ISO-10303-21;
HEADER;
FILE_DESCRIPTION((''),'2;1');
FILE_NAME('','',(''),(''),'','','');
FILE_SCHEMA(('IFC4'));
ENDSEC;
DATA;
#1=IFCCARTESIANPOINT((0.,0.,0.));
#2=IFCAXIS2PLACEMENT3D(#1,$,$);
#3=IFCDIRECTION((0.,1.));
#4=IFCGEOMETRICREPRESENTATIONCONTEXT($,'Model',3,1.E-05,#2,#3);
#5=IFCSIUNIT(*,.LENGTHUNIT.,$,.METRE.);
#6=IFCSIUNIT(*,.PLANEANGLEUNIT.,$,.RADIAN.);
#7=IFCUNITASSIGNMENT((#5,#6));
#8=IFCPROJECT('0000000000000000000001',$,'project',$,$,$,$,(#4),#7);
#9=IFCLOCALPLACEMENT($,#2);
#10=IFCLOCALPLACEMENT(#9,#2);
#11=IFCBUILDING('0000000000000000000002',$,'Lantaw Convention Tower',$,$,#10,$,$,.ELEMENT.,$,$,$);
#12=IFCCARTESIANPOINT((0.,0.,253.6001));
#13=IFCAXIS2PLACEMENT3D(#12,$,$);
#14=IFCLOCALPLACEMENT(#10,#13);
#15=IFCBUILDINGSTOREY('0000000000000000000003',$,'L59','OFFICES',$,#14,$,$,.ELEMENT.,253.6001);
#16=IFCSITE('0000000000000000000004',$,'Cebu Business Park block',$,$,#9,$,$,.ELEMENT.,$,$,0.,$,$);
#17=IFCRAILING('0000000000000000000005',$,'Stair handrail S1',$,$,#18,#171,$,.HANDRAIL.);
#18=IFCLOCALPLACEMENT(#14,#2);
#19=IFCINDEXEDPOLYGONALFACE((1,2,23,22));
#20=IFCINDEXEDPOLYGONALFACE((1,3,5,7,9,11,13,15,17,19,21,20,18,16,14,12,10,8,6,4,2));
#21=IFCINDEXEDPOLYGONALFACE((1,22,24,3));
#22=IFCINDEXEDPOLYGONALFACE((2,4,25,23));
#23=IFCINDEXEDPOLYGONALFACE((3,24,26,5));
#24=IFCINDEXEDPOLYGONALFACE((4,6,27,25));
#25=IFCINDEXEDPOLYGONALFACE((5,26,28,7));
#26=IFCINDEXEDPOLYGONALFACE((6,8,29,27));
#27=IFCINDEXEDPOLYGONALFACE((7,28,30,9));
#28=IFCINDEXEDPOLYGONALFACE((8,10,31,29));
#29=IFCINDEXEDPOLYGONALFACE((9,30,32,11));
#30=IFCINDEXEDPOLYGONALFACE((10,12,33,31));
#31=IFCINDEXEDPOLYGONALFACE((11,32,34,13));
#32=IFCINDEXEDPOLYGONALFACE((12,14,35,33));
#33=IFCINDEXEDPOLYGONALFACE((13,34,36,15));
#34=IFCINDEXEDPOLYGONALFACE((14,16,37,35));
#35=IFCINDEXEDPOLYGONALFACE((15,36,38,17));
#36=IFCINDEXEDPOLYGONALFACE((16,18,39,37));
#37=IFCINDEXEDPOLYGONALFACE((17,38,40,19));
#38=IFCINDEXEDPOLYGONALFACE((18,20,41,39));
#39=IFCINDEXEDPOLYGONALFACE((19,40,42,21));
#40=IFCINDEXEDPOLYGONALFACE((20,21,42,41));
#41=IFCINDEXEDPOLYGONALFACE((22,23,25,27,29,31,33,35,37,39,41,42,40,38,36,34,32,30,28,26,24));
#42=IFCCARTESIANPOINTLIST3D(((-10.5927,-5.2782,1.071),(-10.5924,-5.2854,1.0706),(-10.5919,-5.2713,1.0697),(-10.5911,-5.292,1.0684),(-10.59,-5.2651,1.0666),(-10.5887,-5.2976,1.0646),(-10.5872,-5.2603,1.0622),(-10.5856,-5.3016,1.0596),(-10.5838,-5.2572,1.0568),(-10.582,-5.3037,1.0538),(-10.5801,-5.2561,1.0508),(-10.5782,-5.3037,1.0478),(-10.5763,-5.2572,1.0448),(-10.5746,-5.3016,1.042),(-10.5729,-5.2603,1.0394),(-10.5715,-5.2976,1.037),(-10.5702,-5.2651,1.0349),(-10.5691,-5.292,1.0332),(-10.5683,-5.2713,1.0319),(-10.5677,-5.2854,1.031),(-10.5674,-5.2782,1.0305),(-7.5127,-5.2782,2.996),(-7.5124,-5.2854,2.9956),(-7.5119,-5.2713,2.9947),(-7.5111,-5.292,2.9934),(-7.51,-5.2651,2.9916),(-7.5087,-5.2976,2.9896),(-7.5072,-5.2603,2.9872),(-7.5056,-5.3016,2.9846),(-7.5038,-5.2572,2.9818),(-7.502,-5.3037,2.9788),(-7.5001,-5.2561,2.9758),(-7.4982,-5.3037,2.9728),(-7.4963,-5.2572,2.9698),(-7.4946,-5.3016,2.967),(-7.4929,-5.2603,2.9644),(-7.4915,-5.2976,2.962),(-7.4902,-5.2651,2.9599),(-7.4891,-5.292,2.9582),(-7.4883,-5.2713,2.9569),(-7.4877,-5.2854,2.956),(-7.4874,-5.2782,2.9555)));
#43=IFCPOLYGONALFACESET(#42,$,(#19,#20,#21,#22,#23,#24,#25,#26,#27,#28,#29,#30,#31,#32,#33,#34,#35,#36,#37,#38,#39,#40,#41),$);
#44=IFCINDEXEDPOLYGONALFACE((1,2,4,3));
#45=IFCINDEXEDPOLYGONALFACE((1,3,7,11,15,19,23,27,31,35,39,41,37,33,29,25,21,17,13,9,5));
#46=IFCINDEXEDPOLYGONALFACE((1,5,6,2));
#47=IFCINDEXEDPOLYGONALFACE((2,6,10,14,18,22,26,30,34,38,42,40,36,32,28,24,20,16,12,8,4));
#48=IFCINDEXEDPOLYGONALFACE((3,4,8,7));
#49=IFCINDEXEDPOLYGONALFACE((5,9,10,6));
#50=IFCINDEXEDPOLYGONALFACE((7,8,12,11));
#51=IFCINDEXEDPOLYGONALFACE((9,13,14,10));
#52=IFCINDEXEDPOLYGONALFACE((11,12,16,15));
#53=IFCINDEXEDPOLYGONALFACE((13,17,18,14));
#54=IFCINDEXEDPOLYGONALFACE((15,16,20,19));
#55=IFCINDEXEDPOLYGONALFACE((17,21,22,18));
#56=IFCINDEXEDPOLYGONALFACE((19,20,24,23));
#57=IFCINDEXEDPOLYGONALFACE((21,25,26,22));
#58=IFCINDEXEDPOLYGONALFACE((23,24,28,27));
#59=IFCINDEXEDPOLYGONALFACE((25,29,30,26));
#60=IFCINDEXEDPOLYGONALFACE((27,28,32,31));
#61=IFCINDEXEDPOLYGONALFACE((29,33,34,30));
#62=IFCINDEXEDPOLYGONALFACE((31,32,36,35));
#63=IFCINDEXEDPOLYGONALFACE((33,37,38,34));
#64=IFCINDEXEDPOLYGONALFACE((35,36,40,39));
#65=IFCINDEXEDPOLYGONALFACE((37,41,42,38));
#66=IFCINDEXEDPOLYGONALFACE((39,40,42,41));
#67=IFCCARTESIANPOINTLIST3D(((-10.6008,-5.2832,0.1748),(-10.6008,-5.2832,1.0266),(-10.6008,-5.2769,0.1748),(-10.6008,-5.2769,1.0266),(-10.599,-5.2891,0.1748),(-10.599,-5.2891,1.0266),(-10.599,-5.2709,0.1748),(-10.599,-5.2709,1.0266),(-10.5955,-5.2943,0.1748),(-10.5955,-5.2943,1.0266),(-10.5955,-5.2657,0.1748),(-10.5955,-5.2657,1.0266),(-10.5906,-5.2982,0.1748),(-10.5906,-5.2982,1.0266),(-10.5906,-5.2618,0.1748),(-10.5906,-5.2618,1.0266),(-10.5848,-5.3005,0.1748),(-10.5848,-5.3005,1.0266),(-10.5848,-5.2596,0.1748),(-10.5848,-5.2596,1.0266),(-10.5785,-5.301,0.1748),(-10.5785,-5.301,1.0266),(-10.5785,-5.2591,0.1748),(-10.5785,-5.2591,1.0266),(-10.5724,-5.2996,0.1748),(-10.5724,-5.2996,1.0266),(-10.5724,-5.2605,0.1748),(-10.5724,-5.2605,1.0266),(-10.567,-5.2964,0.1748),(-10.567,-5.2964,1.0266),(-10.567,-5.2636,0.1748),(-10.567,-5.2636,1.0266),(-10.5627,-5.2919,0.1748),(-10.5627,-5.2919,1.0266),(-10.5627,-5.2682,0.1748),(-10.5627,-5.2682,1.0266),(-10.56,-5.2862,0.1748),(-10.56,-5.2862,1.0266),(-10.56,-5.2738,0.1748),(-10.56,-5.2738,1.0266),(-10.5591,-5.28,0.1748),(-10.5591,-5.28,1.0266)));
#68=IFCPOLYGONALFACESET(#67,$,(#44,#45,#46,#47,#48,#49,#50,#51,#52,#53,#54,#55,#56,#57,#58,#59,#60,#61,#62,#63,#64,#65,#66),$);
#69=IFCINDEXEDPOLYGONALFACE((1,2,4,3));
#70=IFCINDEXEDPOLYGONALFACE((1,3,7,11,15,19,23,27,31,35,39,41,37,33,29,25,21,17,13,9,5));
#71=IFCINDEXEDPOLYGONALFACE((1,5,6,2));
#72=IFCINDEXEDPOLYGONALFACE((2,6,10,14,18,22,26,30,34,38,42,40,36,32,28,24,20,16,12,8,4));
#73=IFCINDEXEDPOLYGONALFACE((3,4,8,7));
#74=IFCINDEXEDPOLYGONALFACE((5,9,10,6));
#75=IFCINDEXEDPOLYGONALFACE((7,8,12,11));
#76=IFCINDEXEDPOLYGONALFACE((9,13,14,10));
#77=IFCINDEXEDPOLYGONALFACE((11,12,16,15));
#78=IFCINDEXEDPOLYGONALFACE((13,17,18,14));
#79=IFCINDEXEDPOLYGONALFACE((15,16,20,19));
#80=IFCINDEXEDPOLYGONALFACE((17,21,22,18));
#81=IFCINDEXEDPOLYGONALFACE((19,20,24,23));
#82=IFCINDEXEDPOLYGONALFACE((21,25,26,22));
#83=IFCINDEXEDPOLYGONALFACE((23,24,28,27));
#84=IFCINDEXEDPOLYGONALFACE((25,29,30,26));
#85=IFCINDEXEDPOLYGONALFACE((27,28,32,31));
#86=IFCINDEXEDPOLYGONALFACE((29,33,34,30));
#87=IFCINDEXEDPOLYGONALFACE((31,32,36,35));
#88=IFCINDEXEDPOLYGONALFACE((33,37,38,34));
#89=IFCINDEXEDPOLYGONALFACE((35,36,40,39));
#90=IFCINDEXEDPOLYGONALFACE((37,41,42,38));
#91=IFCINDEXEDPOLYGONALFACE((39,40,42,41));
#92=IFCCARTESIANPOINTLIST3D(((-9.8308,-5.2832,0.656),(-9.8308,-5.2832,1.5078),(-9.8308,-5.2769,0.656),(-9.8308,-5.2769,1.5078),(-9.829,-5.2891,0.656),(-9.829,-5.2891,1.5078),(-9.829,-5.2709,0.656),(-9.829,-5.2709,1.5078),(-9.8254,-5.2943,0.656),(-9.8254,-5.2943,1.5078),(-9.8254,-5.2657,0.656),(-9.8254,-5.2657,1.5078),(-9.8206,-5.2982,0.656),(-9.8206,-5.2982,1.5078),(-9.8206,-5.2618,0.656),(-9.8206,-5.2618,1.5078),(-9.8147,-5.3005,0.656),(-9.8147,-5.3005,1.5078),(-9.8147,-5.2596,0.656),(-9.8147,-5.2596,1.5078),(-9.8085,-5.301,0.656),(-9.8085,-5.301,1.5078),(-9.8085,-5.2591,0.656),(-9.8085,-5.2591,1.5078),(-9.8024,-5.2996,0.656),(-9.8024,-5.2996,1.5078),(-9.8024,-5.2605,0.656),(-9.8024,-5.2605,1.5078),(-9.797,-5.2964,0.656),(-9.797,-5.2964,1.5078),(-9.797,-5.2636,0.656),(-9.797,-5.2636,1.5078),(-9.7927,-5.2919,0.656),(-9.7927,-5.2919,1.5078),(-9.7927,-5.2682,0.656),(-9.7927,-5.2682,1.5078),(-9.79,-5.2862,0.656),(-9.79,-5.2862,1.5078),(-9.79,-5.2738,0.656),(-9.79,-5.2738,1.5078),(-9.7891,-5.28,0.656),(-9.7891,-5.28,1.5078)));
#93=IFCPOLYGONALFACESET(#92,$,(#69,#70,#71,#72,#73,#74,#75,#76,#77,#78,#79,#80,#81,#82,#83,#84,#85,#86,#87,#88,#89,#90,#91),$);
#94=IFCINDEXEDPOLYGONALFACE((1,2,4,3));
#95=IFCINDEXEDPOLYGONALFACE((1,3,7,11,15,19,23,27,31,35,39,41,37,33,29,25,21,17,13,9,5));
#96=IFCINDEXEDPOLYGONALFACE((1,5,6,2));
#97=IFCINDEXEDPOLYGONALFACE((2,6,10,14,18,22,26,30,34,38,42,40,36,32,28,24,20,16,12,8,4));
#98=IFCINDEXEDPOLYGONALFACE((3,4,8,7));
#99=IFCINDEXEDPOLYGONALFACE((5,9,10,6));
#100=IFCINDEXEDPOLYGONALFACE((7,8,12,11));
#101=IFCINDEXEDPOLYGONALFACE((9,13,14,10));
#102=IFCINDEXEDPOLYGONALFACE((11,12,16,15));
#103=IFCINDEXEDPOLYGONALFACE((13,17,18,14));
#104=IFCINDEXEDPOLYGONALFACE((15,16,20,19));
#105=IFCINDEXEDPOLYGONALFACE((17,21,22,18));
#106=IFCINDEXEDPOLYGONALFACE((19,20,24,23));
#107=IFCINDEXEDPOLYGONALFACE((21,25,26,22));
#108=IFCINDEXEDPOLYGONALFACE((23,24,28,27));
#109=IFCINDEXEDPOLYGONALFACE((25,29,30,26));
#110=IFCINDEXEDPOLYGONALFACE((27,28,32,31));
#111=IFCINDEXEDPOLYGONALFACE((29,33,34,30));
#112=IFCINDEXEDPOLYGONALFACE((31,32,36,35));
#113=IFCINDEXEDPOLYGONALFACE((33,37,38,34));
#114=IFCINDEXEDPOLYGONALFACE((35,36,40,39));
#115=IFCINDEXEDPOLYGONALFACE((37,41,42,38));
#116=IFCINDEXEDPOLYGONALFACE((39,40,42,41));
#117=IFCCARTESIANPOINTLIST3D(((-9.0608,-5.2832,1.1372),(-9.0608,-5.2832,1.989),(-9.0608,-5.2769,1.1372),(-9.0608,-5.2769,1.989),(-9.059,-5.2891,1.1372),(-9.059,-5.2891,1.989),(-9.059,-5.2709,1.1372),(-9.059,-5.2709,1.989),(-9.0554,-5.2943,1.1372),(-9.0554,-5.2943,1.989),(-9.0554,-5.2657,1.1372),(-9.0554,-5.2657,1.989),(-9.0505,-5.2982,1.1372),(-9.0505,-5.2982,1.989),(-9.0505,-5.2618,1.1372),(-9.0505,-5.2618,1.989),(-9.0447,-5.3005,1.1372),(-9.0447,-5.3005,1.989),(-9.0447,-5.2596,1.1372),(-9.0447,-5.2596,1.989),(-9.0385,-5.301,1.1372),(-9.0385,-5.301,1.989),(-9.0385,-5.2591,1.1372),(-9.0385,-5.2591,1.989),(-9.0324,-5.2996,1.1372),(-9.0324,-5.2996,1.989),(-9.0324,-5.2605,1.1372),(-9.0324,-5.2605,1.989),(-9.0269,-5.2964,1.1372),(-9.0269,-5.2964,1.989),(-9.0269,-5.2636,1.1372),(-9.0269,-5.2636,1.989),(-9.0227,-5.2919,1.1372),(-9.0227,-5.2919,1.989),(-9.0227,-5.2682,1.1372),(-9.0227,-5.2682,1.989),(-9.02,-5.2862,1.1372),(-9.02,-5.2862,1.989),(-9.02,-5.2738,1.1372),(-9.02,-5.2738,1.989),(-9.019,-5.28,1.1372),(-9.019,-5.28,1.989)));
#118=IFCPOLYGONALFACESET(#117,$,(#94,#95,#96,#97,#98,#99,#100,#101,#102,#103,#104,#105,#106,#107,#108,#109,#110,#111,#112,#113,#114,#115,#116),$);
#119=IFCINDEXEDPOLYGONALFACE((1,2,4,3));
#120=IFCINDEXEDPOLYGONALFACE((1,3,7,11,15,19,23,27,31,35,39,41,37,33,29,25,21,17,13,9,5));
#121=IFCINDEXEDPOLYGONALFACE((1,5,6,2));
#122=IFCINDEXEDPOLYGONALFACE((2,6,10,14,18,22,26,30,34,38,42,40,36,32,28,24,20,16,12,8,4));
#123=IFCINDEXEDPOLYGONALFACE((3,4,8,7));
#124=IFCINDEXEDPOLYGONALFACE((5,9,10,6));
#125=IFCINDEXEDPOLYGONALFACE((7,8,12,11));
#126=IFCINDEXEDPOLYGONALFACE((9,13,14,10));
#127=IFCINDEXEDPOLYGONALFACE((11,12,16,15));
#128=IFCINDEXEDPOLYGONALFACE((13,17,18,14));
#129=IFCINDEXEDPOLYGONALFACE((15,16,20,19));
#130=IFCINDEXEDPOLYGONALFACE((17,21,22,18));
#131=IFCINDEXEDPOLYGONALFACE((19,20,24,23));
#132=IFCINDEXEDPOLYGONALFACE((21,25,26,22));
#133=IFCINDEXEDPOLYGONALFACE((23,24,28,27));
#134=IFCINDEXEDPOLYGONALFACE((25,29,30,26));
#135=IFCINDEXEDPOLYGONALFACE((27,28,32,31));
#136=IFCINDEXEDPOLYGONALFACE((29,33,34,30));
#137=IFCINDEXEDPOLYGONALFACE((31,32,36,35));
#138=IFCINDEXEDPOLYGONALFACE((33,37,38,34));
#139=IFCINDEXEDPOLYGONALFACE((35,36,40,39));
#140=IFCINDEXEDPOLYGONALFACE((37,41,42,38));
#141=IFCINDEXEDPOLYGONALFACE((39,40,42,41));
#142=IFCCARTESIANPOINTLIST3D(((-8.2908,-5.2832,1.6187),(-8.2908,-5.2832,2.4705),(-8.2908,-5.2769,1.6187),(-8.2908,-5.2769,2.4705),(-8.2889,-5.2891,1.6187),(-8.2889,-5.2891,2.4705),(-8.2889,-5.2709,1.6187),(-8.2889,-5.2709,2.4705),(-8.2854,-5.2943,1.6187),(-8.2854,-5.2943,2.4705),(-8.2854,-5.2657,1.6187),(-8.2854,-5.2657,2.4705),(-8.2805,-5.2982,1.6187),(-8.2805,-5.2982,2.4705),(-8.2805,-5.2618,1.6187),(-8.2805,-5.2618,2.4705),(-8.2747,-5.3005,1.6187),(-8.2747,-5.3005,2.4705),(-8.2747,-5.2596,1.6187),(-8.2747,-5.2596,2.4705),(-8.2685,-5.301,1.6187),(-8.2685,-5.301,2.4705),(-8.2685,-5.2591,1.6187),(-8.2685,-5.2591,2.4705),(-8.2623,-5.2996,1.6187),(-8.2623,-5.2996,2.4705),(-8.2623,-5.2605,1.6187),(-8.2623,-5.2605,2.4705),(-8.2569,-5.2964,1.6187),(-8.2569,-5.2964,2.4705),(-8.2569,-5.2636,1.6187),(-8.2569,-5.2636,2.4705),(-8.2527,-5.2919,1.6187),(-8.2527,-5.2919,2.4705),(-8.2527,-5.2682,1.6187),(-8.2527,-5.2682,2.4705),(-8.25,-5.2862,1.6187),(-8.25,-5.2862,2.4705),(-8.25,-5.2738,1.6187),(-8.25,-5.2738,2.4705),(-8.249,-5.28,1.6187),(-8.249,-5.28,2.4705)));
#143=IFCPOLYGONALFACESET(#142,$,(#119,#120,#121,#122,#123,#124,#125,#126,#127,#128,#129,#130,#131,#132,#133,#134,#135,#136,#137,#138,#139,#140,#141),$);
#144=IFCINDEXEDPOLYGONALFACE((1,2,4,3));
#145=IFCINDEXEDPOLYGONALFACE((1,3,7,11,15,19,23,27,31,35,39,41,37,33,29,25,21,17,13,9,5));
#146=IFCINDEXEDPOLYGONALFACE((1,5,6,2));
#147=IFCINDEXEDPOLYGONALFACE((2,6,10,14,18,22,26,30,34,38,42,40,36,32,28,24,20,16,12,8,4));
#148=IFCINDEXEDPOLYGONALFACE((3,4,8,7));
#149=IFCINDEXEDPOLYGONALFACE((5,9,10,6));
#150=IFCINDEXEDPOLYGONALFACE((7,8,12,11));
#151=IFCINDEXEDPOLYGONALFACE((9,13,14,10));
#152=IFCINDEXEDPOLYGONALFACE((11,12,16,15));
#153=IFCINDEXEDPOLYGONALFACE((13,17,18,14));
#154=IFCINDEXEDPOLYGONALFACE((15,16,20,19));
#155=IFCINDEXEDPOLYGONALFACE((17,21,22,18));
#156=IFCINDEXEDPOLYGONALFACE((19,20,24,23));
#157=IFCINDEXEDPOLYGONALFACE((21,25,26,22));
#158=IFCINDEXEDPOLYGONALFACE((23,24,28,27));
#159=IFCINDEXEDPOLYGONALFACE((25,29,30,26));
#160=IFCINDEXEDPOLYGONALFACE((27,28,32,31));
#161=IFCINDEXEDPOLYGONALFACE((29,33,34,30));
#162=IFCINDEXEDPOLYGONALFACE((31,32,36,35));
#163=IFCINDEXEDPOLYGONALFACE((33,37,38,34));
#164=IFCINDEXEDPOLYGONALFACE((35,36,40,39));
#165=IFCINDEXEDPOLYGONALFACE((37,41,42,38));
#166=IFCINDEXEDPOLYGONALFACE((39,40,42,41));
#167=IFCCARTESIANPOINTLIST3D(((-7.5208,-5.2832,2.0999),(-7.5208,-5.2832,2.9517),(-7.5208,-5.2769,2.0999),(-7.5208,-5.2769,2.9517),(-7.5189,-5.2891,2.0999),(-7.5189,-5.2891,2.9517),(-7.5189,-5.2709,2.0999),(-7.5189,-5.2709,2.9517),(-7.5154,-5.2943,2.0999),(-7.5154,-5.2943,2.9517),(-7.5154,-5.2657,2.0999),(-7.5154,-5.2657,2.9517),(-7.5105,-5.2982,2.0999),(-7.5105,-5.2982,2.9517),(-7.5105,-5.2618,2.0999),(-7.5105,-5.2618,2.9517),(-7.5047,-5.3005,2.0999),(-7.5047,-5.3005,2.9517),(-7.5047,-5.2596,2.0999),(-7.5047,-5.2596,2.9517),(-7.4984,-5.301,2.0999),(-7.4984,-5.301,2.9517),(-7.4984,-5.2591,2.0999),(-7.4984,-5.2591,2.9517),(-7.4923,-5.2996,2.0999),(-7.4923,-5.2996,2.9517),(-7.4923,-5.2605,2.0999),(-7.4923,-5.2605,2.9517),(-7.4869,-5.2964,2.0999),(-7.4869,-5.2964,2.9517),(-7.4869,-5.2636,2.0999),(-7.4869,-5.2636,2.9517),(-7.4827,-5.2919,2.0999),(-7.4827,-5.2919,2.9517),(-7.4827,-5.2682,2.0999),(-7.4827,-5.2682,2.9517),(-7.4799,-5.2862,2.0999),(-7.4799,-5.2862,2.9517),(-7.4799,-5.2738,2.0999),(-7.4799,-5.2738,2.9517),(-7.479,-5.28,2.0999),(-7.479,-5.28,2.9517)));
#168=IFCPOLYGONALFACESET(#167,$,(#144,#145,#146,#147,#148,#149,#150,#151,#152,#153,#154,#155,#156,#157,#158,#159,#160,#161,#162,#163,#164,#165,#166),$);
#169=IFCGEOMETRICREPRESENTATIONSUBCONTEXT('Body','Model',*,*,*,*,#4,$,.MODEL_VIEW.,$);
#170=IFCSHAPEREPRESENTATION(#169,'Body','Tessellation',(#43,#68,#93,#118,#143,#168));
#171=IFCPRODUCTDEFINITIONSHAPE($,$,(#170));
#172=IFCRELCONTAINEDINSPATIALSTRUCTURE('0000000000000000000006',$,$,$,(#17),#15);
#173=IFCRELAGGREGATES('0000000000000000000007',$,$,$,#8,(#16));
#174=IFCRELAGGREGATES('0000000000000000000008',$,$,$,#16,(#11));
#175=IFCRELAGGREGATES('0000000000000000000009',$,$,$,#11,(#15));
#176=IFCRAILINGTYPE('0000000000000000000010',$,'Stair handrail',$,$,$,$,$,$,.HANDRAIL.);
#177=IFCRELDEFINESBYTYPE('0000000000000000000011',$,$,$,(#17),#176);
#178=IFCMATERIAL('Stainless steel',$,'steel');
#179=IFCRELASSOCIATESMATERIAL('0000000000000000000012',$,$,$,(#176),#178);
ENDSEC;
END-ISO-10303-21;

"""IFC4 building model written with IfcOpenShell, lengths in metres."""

from ifc_helpers import new_model, si_unit, direction, frame, origin, origin_2d, place, context, subcontext, project, spatial, circle, extrude, material, type_object, element, save


model = new_model("IFC4")

# Units and contexts
model_context = context("Model", 3, precision=1e-05, world=origin(), true_north=direction((0.0, 1.0)))
body_context = subcontext(model_context, "Body", "Model", "MODEL_VIEW")
ifc_project = project(units=[si_unit("LENGTHUNIT", "METRE"), si_unit("PLANEANGLEUNIT", "RADIAN")], contexts=[model_context])

# Site, building, storey
site_placement = place(None, origin())
site = spatial("IfcSite", under=ifc_project, at=site_placement, Name="Cebu Business Park block", CompositionType="ELEMENT", RefElevation=0.0)
building_placement = place(site_placement, origin())
building = spatial("IfcBuilding", under=site, at=building_placement, Name="Lantaw Convention Tower", CompositionType="ELEMENT")
storey_placement = place(building_placement, frame((0.0, 0.0, 253.6001)))
storey = spatial("IfcBuildingStorey", under=building, at=storey_placement, Name="L59", Description="OFFICES", CompositionType="ELEMENT", Elevation=253.6001)

# Shared definitions
ifc_material_1 = material(Name="Stainless steel", Category="steel")

# Railing
railing_type = type_object("IfcRailingType", Name="Stair handrail", PredefinedType="HANDRAIL", material=ifc_material_1)
railing_1_placement = place(storey_placement, frame((-10.5801, -5.28, 0.1748)))
element("IfcRailing", 1, at=railing_1_placement, inside=storey, type_object=railing_type, Name="Stair handrail S1", PredefinedType="HANDRAIL", context=body_context, shape_type="SweptSolid", body=[
    extrude(circle(Radius=0.0239, at=origin_2d()), frame((0.0, 0.0, 0.876), z_axis=(0.847998, 0.0, 0.529999), x_axis=(0.0, 1.0, 0.0)), (0.0, 0.0, 1.0), 3.6321),
    extrude(circle(Radius=0.021, at=origin_2d()), origin(), (0.0, 0.0, 1.0), 0.8518),
    extrude(circle(Radius=0.021, at=origin_2d()), frame((0.77, 0.0, 0.4812)), (0.0, 0.0, 1.0), 0.8518),
    extrude(circle(Radius=0.021, at=origin_2d()), frame((1.54, 0.0, 0.9624)), (0.0, 0.0, 1.0), 0.8518),
    extrude(circle(Radius=0.021, at=origin_2d()), frame((2.3101, 0.0, 1.4438)), (0.0, 0.0, 1.0), 0.8518),
    extrude(circle(Radius=0.021, at=origin_2d()), frame((3.0801, 0.0, 1.925)), (0.0, 0.0, 1.0), 0.8518),
])

save(model, "model.ifc")
